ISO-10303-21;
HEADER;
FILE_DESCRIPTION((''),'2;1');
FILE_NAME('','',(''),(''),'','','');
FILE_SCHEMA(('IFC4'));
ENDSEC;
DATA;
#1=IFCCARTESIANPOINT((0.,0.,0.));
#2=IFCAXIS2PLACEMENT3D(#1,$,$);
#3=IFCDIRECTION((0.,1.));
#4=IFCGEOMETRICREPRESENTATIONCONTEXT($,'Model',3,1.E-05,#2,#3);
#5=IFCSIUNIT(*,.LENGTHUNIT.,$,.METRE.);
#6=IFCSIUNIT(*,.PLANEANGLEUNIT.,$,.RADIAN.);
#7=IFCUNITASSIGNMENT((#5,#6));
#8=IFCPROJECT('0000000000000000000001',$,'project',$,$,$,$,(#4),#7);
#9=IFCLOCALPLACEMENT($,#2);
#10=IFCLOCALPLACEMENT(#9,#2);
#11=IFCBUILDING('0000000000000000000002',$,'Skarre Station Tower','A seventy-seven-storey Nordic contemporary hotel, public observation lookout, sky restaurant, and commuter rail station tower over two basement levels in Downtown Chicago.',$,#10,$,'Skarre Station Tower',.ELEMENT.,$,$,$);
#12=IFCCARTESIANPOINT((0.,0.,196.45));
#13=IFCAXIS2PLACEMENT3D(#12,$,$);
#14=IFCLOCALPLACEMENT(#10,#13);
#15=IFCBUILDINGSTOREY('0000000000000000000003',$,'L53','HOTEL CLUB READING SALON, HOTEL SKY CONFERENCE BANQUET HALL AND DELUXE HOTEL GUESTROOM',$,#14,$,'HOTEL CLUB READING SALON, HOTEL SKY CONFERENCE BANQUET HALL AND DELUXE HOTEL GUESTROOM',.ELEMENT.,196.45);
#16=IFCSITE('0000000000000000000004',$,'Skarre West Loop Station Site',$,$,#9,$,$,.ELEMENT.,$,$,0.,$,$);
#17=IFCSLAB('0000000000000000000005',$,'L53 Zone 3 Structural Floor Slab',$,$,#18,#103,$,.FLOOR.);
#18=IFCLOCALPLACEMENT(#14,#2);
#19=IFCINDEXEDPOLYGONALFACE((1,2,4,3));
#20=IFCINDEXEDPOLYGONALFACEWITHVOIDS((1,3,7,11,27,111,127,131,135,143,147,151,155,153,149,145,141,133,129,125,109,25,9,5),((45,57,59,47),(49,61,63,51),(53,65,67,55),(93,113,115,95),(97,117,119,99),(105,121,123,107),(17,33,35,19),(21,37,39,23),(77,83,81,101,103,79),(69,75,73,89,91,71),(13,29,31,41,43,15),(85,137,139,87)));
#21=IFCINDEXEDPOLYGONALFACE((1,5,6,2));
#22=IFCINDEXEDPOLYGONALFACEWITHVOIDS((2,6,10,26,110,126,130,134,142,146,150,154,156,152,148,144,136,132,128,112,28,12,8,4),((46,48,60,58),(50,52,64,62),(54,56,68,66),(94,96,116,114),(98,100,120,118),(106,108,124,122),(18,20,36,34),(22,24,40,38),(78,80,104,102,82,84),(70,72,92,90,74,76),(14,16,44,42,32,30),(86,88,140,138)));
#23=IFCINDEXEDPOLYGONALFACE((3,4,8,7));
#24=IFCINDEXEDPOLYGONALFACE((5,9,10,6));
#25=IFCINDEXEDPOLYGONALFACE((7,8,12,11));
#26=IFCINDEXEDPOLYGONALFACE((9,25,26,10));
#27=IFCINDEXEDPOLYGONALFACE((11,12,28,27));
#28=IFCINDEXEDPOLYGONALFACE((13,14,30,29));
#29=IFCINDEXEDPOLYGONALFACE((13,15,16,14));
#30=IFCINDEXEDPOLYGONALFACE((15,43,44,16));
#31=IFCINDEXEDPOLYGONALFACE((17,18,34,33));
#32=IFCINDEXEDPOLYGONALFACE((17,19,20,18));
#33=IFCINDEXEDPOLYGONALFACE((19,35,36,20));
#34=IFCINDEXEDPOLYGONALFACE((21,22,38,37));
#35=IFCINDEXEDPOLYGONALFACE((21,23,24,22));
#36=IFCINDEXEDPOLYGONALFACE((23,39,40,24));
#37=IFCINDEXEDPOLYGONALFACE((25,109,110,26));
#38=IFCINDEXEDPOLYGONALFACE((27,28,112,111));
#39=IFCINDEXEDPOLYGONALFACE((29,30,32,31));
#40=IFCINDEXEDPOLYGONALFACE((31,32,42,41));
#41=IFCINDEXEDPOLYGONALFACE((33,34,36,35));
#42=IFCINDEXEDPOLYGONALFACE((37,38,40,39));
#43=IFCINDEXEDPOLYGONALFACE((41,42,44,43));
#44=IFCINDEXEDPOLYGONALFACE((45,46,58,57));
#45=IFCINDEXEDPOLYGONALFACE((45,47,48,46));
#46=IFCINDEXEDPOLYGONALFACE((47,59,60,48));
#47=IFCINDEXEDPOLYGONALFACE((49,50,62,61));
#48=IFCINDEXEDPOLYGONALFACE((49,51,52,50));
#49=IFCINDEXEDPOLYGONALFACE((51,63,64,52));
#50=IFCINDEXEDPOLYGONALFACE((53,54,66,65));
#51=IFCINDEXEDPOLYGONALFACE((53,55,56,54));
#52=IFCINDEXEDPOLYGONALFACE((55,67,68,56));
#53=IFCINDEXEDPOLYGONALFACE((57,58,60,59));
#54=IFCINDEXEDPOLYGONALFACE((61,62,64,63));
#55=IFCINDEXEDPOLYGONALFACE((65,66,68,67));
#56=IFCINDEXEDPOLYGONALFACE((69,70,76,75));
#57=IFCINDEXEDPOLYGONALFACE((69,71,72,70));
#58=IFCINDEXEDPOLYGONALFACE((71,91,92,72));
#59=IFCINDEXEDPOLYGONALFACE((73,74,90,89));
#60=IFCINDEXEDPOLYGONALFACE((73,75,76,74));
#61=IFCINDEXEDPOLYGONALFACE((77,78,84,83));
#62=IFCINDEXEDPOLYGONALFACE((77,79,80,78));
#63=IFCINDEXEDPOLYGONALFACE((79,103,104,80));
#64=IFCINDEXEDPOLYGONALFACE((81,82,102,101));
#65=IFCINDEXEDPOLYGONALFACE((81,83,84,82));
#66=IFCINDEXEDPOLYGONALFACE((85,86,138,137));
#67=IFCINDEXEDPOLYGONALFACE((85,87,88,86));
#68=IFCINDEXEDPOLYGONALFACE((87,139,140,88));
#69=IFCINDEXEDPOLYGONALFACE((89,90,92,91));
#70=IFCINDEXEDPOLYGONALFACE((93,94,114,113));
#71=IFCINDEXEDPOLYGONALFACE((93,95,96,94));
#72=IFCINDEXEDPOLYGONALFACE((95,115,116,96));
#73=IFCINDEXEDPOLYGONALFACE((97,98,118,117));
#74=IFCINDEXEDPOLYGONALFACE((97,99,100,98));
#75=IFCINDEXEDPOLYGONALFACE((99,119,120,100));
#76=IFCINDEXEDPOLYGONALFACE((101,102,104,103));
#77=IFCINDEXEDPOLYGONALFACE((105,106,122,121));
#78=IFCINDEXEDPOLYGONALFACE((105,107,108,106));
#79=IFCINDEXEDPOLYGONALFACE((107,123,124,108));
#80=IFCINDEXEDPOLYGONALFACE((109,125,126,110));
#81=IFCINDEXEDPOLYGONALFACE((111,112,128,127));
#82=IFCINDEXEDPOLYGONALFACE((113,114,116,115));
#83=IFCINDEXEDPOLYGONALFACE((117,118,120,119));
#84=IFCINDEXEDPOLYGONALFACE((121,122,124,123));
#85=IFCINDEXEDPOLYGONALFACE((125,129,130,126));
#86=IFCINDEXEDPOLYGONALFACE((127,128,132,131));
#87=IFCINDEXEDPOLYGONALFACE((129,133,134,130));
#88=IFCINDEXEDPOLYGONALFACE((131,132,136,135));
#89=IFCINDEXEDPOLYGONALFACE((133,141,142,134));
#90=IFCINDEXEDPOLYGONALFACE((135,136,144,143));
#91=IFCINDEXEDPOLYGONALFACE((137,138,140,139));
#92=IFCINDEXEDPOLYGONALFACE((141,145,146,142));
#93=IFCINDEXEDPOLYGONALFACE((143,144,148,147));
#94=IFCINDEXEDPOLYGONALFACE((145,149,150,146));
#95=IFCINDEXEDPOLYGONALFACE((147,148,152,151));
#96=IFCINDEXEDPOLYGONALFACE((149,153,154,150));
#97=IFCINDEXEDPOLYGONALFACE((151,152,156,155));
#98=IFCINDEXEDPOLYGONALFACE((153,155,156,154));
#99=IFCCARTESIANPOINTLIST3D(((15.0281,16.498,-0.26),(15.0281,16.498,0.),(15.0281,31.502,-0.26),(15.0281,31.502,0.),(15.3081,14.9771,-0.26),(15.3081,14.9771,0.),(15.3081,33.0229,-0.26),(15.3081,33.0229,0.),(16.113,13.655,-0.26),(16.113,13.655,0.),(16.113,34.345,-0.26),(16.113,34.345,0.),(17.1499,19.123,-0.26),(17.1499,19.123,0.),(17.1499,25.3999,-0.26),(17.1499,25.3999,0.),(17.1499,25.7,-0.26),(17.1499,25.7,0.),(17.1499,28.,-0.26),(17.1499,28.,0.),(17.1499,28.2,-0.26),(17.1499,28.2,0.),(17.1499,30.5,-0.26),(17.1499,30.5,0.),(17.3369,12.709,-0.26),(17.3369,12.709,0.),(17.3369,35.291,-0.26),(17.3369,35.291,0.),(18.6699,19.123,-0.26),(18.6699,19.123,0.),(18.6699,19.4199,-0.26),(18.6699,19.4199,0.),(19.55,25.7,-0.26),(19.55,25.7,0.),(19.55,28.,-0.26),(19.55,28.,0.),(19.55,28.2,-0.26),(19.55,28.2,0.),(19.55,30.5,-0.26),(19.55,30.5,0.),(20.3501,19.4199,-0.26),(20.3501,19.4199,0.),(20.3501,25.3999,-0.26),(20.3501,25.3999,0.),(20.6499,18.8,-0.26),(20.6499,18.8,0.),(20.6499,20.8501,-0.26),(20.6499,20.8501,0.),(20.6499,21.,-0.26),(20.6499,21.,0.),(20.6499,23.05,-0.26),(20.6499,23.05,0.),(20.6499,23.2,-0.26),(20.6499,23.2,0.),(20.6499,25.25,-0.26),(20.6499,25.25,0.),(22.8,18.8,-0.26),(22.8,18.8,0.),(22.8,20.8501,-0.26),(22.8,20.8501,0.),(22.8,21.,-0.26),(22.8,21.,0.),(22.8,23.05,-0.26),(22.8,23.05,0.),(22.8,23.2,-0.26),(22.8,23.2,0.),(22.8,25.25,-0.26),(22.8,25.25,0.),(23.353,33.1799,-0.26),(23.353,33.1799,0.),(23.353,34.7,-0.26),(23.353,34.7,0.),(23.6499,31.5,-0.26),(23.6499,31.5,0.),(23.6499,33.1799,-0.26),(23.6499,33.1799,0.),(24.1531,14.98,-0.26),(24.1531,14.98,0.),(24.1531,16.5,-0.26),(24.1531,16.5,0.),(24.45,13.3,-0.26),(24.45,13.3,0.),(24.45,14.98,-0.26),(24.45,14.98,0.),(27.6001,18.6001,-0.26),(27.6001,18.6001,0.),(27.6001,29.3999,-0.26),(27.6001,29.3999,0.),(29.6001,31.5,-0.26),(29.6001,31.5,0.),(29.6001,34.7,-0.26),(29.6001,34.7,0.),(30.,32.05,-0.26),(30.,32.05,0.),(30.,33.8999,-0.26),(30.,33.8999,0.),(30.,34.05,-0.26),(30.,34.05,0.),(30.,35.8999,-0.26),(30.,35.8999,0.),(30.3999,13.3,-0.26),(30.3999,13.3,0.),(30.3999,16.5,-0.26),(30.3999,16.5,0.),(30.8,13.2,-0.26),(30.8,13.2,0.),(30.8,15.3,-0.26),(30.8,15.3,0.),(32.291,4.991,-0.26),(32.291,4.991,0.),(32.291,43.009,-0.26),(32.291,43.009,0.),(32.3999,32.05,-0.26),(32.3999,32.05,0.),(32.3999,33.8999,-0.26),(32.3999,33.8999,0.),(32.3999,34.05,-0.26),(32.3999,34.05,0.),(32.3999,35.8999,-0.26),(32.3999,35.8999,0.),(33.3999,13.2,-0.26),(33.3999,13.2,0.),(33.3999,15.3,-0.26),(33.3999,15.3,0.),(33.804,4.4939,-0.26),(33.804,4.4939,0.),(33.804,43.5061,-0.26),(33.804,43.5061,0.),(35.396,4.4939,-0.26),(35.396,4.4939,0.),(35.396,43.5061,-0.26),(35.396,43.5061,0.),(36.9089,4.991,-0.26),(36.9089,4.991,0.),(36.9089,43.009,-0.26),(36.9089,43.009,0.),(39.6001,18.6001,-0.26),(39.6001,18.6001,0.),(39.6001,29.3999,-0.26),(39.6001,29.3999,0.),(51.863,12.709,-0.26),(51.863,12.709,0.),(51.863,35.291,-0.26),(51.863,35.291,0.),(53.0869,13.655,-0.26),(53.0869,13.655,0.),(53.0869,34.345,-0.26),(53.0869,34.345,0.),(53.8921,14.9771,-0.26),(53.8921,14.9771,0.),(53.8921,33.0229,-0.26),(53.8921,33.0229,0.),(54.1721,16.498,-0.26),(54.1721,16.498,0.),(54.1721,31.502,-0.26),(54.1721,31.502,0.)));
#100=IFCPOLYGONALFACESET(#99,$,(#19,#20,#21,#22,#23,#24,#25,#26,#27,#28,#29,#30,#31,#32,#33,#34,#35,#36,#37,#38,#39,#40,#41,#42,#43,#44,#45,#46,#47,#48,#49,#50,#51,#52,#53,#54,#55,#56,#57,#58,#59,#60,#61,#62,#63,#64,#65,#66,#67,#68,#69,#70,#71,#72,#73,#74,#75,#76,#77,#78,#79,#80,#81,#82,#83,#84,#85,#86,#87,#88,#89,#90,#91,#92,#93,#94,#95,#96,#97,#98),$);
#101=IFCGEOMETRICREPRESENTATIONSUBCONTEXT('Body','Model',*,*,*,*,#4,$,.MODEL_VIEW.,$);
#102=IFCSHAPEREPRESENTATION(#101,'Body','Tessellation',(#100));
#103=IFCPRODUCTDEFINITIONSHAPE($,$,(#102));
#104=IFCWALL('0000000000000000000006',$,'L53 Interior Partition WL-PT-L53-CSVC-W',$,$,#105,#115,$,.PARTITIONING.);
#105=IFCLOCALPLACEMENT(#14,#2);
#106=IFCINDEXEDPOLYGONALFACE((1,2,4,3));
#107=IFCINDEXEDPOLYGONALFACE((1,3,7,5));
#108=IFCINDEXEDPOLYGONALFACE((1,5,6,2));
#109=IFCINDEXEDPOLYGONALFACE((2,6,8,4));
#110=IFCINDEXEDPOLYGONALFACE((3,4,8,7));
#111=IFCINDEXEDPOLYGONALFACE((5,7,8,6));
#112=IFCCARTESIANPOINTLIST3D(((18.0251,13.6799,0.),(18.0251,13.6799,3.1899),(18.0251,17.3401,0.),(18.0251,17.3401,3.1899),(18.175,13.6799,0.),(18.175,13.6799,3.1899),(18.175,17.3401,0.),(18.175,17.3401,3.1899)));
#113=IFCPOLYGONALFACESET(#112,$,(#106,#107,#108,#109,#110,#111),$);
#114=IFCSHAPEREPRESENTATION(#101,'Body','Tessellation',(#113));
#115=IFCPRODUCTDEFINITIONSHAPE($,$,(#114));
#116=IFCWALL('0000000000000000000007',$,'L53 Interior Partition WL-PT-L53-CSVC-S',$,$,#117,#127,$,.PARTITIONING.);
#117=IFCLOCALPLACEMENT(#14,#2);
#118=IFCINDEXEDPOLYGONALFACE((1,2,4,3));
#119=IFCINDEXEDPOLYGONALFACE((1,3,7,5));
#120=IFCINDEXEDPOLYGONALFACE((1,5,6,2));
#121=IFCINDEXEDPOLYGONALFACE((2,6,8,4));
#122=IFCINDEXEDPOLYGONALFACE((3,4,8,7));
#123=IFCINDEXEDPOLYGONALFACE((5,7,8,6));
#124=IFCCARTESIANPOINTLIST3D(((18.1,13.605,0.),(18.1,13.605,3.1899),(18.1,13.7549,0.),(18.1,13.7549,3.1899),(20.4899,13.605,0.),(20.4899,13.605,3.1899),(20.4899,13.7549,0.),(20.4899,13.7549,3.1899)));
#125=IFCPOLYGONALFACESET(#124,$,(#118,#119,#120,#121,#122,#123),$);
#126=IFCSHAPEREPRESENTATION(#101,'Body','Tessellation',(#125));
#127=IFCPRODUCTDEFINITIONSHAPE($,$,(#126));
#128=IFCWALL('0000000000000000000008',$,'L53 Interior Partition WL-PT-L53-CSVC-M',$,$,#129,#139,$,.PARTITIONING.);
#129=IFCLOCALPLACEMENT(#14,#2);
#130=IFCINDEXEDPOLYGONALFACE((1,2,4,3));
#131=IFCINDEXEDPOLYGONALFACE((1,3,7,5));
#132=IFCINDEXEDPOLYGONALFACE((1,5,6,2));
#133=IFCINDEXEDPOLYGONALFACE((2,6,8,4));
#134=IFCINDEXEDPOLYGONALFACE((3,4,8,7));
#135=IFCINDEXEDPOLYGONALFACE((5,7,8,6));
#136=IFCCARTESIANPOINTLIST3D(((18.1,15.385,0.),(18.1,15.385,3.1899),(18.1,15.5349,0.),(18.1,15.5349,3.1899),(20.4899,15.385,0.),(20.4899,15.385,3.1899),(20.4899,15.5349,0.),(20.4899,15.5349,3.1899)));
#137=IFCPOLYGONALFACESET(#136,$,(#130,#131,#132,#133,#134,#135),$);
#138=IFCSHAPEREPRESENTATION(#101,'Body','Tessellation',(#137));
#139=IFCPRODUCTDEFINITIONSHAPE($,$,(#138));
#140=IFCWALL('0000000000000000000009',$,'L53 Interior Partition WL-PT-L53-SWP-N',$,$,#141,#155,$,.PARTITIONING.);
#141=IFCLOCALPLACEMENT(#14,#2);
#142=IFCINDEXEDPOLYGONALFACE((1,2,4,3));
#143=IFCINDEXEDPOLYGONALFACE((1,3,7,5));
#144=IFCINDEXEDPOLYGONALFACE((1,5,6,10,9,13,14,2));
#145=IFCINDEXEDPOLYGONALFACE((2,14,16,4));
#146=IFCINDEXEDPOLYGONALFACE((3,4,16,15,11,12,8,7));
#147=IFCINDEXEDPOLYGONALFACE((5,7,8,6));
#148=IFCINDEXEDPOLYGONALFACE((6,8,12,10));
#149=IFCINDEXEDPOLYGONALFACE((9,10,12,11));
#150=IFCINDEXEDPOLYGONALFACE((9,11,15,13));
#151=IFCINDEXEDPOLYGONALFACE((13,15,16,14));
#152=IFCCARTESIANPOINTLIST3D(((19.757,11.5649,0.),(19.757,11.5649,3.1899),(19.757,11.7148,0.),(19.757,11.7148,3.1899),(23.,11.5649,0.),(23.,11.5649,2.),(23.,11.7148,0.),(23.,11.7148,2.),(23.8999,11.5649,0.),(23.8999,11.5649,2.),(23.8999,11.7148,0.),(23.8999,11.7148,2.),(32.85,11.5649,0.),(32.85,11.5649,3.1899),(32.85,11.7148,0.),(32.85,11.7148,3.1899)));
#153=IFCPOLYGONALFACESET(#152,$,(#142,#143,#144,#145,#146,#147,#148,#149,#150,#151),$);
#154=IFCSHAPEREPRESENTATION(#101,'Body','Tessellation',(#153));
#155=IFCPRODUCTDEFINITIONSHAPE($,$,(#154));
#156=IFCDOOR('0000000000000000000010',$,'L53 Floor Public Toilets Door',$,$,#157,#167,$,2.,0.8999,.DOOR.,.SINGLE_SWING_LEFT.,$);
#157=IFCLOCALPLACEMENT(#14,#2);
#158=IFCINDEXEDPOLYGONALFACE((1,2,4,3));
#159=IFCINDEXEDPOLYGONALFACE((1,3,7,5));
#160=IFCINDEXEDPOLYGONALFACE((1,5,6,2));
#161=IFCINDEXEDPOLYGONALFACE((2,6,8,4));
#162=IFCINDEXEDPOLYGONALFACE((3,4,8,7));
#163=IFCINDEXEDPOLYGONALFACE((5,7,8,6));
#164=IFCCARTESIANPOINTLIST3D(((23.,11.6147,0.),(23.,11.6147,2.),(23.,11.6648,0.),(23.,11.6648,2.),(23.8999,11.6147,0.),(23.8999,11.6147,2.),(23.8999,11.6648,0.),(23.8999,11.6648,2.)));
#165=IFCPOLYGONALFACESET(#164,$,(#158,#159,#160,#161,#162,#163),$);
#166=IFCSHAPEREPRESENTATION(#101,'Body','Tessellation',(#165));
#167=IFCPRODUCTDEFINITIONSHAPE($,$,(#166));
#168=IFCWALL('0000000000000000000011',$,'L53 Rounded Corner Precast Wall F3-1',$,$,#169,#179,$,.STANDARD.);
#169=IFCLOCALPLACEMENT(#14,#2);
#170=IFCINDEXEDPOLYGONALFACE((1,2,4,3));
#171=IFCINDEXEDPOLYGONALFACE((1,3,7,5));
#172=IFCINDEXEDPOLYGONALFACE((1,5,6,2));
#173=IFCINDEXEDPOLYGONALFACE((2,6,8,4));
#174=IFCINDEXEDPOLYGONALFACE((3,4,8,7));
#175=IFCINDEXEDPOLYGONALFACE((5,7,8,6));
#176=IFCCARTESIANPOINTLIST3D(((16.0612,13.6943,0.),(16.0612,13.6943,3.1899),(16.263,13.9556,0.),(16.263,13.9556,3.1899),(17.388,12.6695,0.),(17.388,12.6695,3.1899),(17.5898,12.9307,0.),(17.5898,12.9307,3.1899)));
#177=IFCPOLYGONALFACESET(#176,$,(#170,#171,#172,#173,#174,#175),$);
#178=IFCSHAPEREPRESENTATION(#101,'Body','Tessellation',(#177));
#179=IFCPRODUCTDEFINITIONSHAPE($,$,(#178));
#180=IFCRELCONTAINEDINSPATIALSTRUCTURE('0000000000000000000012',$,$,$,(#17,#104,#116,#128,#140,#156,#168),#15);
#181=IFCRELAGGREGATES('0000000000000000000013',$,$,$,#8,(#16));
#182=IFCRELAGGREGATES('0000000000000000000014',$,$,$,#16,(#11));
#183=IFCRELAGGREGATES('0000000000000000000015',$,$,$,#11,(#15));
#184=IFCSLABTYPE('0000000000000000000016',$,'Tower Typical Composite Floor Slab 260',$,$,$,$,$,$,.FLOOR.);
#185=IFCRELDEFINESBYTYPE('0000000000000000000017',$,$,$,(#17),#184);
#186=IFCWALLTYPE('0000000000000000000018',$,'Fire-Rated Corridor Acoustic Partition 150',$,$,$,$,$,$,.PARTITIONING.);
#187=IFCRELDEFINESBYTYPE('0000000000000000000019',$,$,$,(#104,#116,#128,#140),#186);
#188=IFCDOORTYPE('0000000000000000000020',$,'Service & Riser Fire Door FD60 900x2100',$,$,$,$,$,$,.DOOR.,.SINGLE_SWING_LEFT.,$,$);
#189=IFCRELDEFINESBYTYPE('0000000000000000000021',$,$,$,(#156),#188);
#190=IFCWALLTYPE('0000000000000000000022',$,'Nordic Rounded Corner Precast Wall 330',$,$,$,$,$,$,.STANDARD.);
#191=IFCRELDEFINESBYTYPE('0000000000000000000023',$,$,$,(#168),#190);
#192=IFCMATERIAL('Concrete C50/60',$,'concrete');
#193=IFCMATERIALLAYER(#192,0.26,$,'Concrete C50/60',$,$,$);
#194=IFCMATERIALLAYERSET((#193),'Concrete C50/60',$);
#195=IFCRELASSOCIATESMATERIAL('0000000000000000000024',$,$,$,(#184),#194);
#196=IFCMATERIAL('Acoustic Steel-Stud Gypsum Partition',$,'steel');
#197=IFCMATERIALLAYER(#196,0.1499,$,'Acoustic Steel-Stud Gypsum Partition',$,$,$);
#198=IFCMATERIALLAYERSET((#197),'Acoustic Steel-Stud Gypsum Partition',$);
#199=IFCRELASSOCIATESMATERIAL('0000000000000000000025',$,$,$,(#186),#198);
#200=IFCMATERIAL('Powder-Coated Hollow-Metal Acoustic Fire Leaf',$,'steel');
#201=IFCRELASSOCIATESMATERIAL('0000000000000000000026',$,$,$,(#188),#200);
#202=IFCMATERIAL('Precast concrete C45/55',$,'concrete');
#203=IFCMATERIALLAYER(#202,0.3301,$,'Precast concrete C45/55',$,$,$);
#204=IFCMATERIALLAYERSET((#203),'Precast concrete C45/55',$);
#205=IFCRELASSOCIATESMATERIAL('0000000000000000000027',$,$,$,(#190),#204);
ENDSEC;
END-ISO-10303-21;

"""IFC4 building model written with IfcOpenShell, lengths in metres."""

from ifc_helpers import new_model, si_unit, direction, frame, frame_2d, origin, place, context, subcontext, project, spatial, polyline, rectangle, outline, extrude, material, layer, layer_set, type_object, element, fill, save


model = new_model("IFC4")

# Units and contexts
model_context = context("Model", 3, precision=1e-05, world=origin(), true_north=direction((0.0, 1.0)))
body_context = subcontext(model_context, "Body", "Model", "MODEL_VIEW")
ifc_project = project(units=[si_unit("LENGTHUNIT", "METRE"), si_unit("PLANEANGLEUNIT", "RADIAN")], contexts=[model_context])

# Site, building, storey
site_placement = place(None, origin())
site = spatial("IfcSite", under=ifc_project, at=site_placement, Name="Skarre West Loop Station Site", CompositionType="ELEMENT", RefElevation=0.0)
building_placement = place(site_placement, origin())
building = spatial("IfcBuilding", under=site, at=building_placement, Name="Skarre Station Tower", Description="A seventy-seven-storey Nordic contemporary hotel, public observation lookout, sky restaurant, and commuter rail station tower over two basement levels in Downtown Chicago.", LongName="Skarre Station Tower", CompositionType="ELEMENT")
storey_placement = place(building_placement, frame((0.0, 0.0, 196.45)))
storey = spatial("IfcBuildingStorey", under=building, at=storey_placement, Name="L53", Description="HOTEL CLUB READING SALON, HOTEL SKY CONFERENCE BANQUET HALL AND DELUXE HOTEL GUESTROOM", LongName="HOTEL CLUB READING SALON, HOTEL SKY CONFERENCE BANQUET HALL AND DELUXE HOTEL GUESTROOM", CompositionType="ELEMENT", Elevation=196.45)

# Shared definitions
ifc_material_1 = material(Name="Concrete C50/60", Category="concrete")

# Slab
ifc_layer_1 = layer(ifc_material_1, 0.26, Name="Concrete C50/60")
ifc_layer_set_1 = layer_set([ifc_layer_1], Name="Concrete C50/60")
slab_type_1 = type_object("IfcSlabType", Name="Tower Typical Composite Floor Slab 260", PredefinedType="FLOOR", material=ifc_layer_set_1)
slab_1_placement = place(storey_placement, frame((0.0, 0.0, -0.26)))
element("IfcSlab", 1, at=slab_1_placement, inside=storey, type_object=slab_type_1, Name="L53 Zone 3 Structural Floor Slab", PredefinedType="FLOOR", context=body_context, shape_type="SweptSolid", body=[
    extrude(outline(polyline([(54.1721, 31.502), (53.8921, 33.0229), (53.0869, 34.345), (51.863, 35.291), (36.9089, 43.009), (35.396, 43.5061), (33.804, 43.5061), (32.291, 43.009), (17.3369, 35.291), (16.113, 34.345), (15.3081, 33.0229), (15.0281, 31.502), (15.0281, 16.498), (15.3081, 14.9771), (16.113, 13.655), (17.3369, 12.709), (32.291, 4.991), (33.804, 4.4939), (35.396, 4.4939), (36.9089, 4.991), (51.863, 12.709), (53.0869, 13.655), (53.8921, 14.9771), (54.1721, 16.498), (54.1721, 31.502)]), holes=[polyline([(18.6699, 19.4199), (18.6699, 19.123), (17.1499, 19.123), (17.1499, 25.3999), (20.3501, 25.3999), (20.3501, 19.4199), (18.6699, 19.4199)]), polyline([(24.45, 14.98), (24.1531, 14.98), (24.1531, 16.5), (30.3999, 16.5), (30.3999, 13.3), (24.45, 13.3), (24.45, 14.98)]), polyline([(23.6499, 33.1799), (23.353, 33.1799), (23.353, 34.7), (29.6001, 34.7), (29.6001, 31.5), (23.6499, 31.5), (23.6499, 33.1799)]), polyline([(17.1499, 28.0), (19.55, 28.0), (19.55, 25.7), (17.1499, 25.7), (17.1499, 28.0)]), polyline([(17.1499, 30.5), (19.55, 30.5), (19.55, 28.2), (17.1499, 28.2), (17.1499, 30.5)]), polyline([(30.8, 15.3), (33.3999, 15.3), (33.3999, 13.2), (30.8, 13.2), (30.8, 15.3)]), polyline([(20.6499, 20.8501), (22.8, 20.8501), (22.8, 18.8), (20.6499, 18.8), (20.6499, 20.8501)]), polyline([(20.6499, 23.05), (22.8, 23.05), (22.8, 21.0), (20.6499, 21.0), (20.6499, 23.05)]), polyline([(20.6499, 25.25), (22.8, 25.25), (22.8, 23.2), (20.6499, 23.2), (20.6499, 25.25)]), polyline([(30.0, 33.8999), (32.3999, 33.8999), (32.3999, 32.05), (30.0, 32.05), (30.0, 33.8999)]), polyline([(30.0, 35.8999), (32.3999, 35.8999), (32.3999, 34.05), (30.0, 34.05), (30.0, 35.8999)]), polyline([(27.6001, 29.3999), (39.6001, 29.3999), (39.6001, 18.6001), (27.6001, 18.6001), (27.6001, 29.3999)])]), origin(), (0.0, 0.0, 1.0), 0.26),
])

# Walls
ifc_material_2 = material(Name="Acoustic Steel-Stud Gypsum Partition", Category="steel")
ifc_layer_2 = layer(ifc_material_2, 0.1499, Name="Acoustic Steel-Stud Gypsum Partition")
ifc_layer_set_2 = layer_set([ifc_layer_2], Name="Acoustic Steel-Stud Gypsum Partition")
wall_type_1 = type_object("IfcWallType", Name="Fire-Rated Corridor Acoustic Partition 150", PredefinedType="PARTITIONING", material=ifc_layer_set_2)
wall_1_placement = place(storey_placement, frame((18.1001, 17.3401, 0.0), z_axis=(0.0, 0.0, 1.0), x_axis=(0.0, -1.0, 0.0)))
element("IfcWall", 2, at=wall_1_placement, inside=storey, type_object=wall_type_1, Name="L53 Interior Partition WL-PT-L53-CSVC-W", PredefinedType="PARTITIONING", context=body_context, shape_type="SweptSolid", body=[
    extrude(rectangle(XDim=3.6602, YDim=0.1499, at=frame_2d((1.8301, 0.0))), origin(), (0.0, 0.0, 1.0), 3.1899),
])
for number, where, z_axis, x_axis, name in (
    (3, (18.1001, 13.6799, 0.0), (0.0, 0.0, 1.0), (1.0, 0.0, 0.0), "L53 Interior Partition WL-PT-L53-CSVC-S"),
    (4, (18.1001, 15.46, 0.0), (0.0, 0.0, 1.0), (1.0, 0.0, 0.0), "L53 Interior Partition WL-PT-L53-CSVC-M"),
):
    element("IfcWall", number, at=place(storey_placement, frame(where, z_axis=z_axis, x_axis=x_axis)), inside=storey, type_object=wall_type_1, Name=name, PredefinedType="PARTITIONING", context=body_context, shape_type="SweptSolid", body=[
        extrude(rectangle(XDim=2.3899, YDim=0.1499, at=frame_2d((1.1948, 0.0))), origin(), (0.0, 0.0, 1.0), 3.1899),
    ])

# Wall, opening, door
wall_2_placement = place(storey_placement, frame((19.7571, 11.6399, 0.0), z_axis=(0.0, 0.0, 1.0), x_axis=(1.0, 0.0, 0.0)))
wall_2 = element("IfcWall", 5, at=wall_2_placement, inside=storey, type_object=wall_type_1, Name="L53 Interior Partition WL-PT-L53-SWP-N", PredefinedType="PARTITIONING", context=body_context, shape_type="SweptSolid", body=[
    extrude(rectangle(XDim=13.093, YDim=0.1499, at=frame_2d((6.5464, 0.0))), origin(), (0.0, 0.0, 1.0), 3.1899),
])
opening_1_placement = place(wall_2_placement, frame((3.2429, 0.0, 0.0)))
opening_1 = element("IfcOpeningElement", 6, at=opening_1_placement, cuts=wall_2, PredefinedType="OPENING", context=body_context, shape_type="SweptSolid", body=[
    extrude(rectangle(XDim=0.8999, YDim=2.0, at=frame_2d((0.45, 1.0))), frame((0.0, 0.085, 0.0), z_axis=(0.0, -1.0, 0.0), x_axis=(1.0, 0.0, 0.0)), (0.0, 0.0, 1.0), 0.1699),
])
ifc_material_3 = material(Name="Powder-Coated Hollow-Metal Acoustic Fire Leaf", Category="steel")
door_type = type_object("IfcDoorType", Name="Service & Riser Fire Door FD60 900x2100", OperationType="SINGLE_SWING_LEFT", PredefinedType="DOOR", material=ifc_material_3)
door_placement = place(opening_1_placement, origin())
door = element("IfcDoor", 7, at=door_placement, inside=storey, type_object=door_type, Name="L53 Floor Public Toilets Door", OperationType="SINGLE_SWING_LEFT", OverallHeight=2.0, OverallWidth=0.8999, PredefinedType="DOOR", context=body_context, shape_type="SweptSolid", body=[
    extrude(rectangle(XDim=0.8999, YDim=2.0, at=frame_2d((0.45, 1.0))), frame((0.0, 0.0249, 0.0), z_axis=(0.0, -1.0, 0.0), x_axis=(1.0, 0.0, 0.0)), (0.0, 0.0, 1.0), 0.05),
])
fill(opening_1, door)

# Wall
ifc_material_4 = material(Name="Precast concrete C45/55", Category="concrete")
ifc_layer_3 = layer(ifc_material_4, 0.3301, Name="Precast concrete C45/55")
ifc_layer_set_3 = layer_set([ifc_layer_3], Name="Precast concrete C45/55")
wall_type_2 = type_object("IfcWallType", Name="Nordic Rounded Corner Precast Wall 330", PredefinedType="STANDARD", material=ifc_layer_set_3)
wall_3_placement = place(storey_placement, frame((17.489, 12.8, 0.0), z_axis=(0.0, 0.0, 1.0), x_axis=(-0.79141, 0.611286, 0.0)))
element("IfcWall", 8, at=wall_3_placement, inside=storey, type_object=wall_type_2, Name="L53 Rounded Corner Precast Wall F3-1", PredefinedType="STANDARD", context=body_context, shape_type="SweptSolid", body=[
    extrude(rectangle(XDim=1.6765, YDim=0.3301, at=frame_2d((0.8384, 0.0))), origin(), (0.0, 0.0, 1.0), 3.1899),
])

save(model, "model.ifc")
